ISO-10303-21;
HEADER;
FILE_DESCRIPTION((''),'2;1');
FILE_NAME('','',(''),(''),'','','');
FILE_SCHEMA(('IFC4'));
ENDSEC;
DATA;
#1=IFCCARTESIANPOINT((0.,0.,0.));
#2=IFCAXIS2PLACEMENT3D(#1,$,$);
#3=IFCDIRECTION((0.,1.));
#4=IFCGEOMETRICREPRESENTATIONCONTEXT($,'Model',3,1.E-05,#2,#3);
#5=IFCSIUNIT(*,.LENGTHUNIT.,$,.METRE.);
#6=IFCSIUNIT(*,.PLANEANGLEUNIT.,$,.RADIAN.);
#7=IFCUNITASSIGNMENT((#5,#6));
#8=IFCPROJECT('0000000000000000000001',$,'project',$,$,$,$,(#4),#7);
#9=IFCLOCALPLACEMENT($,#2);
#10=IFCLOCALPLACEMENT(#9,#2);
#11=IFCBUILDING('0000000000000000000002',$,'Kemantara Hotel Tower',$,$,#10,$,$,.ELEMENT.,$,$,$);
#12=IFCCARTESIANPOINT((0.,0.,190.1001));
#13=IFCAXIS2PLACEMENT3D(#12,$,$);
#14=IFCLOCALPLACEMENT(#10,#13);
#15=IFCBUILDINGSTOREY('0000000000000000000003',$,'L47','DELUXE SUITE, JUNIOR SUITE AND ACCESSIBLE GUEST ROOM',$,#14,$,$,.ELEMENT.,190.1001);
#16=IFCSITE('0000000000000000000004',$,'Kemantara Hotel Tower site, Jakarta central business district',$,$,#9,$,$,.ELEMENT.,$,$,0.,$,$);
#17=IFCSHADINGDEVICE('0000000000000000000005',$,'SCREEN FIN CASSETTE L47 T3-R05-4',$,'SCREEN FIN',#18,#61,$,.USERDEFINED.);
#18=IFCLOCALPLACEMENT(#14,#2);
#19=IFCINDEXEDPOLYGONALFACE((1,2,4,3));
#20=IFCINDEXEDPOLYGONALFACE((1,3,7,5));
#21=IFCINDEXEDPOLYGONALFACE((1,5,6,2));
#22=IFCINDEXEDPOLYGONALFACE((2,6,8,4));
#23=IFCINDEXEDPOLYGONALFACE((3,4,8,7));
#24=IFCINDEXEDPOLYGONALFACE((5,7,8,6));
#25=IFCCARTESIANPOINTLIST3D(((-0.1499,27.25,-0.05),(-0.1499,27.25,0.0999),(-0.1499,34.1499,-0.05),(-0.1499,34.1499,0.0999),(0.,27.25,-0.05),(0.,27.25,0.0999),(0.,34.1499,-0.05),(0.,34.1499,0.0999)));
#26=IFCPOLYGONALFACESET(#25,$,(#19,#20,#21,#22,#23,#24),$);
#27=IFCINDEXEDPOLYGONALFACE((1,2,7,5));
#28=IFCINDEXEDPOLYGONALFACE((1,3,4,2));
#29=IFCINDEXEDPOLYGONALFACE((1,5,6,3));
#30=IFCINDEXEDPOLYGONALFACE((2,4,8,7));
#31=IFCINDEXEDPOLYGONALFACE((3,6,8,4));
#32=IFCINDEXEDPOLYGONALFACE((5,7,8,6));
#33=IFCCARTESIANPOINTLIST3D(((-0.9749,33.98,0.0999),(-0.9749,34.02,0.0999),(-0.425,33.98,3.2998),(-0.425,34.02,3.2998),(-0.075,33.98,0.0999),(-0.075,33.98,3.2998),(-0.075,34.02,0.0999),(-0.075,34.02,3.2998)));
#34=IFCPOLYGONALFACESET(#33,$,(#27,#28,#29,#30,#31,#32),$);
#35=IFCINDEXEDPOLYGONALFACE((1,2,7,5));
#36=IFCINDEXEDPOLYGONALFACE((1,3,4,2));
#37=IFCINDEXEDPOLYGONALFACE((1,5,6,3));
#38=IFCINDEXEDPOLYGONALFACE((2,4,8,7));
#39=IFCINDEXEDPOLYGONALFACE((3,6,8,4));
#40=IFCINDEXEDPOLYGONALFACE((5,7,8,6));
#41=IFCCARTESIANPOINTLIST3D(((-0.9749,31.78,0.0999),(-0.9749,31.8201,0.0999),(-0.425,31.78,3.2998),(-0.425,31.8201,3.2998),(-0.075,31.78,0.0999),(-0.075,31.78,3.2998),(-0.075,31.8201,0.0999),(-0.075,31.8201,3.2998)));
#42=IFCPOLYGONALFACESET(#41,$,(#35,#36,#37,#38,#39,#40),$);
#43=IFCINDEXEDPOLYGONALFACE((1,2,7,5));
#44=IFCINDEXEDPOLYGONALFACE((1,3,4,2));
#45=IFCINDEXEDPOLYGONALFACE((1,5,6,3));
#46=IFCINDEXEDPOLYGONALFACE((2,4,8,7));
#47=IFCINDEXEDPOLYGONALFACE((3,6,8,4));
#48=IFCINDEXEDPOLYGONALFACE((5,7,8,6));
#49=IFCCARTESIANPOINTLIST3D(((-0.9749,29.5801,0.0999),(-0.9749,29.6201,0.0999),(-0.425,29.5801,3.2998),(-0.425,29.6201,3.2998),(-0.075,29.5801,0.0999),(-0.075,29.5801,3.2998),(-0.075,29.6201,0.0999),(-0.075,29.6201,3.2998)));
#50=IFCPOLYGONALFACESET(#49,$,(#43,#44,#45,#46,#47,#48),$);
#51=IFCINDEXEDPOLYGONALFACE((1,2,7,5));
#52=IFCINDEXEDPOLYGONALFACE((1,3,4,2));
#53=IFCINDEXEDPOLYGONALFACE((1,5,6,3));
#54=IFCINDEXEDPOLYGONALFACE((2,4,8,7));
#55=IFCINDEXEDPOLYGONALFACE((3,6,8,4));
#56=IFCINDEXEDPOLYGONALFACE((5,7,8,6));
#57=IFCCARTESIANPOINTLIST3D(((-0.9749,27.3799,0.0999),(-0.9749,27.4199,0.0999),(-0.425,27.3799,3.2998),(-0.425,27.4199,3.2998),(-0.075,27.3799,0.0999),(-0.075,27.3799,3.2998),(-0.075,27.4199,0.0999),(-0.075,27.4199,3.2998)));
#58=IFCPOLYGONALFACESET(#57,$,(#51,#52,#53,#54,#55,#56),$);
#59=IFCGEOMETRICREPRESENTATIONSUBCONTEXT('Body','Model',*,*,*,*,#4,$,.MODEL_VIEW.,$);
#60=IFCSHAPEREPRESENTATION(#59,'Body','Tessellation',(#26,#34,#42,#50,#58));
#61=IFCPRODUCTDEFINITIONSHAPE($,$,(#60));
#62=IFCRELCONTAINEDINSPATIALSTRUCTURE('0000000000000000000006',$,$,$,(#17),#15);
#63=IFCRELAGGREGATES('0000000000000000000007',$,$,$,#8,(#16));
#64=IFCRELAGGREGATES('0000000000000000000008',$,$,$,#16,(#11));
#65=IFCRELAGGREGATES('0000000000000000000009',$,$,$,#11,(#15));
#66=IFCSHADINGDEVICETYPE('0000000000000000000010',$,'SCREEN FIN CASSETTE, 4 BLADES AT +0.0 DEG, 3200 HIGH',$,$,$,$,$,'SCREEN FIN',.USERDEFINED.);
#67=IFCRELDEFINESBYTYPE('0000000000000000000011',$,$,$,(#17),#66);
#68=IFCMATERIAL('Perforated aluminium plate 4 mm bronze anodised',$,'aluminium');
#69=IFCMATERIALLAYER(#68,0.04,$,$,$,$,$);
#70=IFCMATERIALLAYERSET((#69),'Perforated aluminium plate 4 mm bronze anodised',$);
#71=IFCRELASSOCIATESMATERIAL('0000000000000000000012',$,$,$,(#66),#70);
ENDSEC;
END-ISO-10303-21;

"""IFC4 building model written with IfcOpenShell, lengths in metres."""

from ifc_helpers import new_model, si_unit, direction, frame, origin, origin_2d, place, context, subcontext, project, spatial, polyline, rectangle, outline, extrude, source, transform, mapped, material, layer, layer_set, type_object, element, save


model = new_model("IFC4")

# Units and contexts
model_context = context("Model", 3, precision=1e-05, world=origin(), true_north=direction((0.0, 1.0)))
body_context = subcontext(model_context, "Body", "Model", "MODEL_VIEW")
ifc_project = project(units=[si_unit("LENGTHUNIT", "METRE"), si_unit("PLANEANGLEUNIT", "RADIAN")], contexts=[model_context])

# Site, building, storey
site_placement = place(None, origin())
site = spatial("IfcSite", under=ifc_project, at=site_placement, Name="Kemantara Hotel Tower site, Jakarta central business district", CompositionType="ELEMENT", RefElevation=0.0)
building_placement = place(site_placement, origin())
building = spatial("IfcBuilding", under=site, at=building_placement, Name="Kemantara Hotel Tower", CompositionType="ELEMENT")
storey_placement = place(building_placement, frame((0.0, 0.0, 190.1001)))
storey = spatial("IfcBuildingStorey", under=building, at=storey_placement, Name="L47", Description="DELUXE SUITE, JUNIOR SUITE AND ACCESSIBLE GUEST ROOM", CompositionType="ELEMENT", Elevation=190.1001)

# Shading device
ifc_material_1 = material(Name="Perforated aluminium plate 4 mm bronze anodised", Category="aluminium")
ifc_layer_1 = layer(ifc_material_1, 0.04)
ifc_layer_set_1 = layer_set([ifc_layer_1], Name="Perforated aluminium plate 4 mm bronze anodised")
shading_device_type_1 = type_object("IfcShadingDeviceType", Name="SCREEN FIN CASSETTE, 4 BLADES AT +0.0 DEG, 3200 HIGH", ElementType="SCREEN FIN", PredefinedType="USERDEFINED", material=ifc_layer_set_1)
shared_shape_1 = source(origin(), body_context, "Body", "SweptSolid", [
    extrude(rectangle(XDim=6.8999, YDim=0.1499, at=origin_2d()), frame((3.3, -0.075, -0.1499), z_axis=(0.0, 0.0, 1.0), x_axis=(1.0, 0.0, 0.0)), (0.0, 0.0, 1.0), 0.1499),
    extrude(outline(polyline([(0.0, 0.0), (0.8999, 0.0), (0.3501, 3.2), (0.0, 3.2), (0.0, 0.0)])), frame((0.02, -0.075, 0.0), z_axis=(-1.0, 0.0, 0.0), x_axis=(0.0, -1.0, 0.0)), (0.0, 0.0, 1.0), 0.04),
    extrude(outline(polyline([(0.0, 0.0), (0.8999, 0.0), (0.3501, 3.2), (0.0, 3.2), (0.0, 0.0)])), frame((2.22, -0.075, 0.0), z_axis=(-1.0, 0.0, 0.0), x_axis=(0.0, -1.0, 0.0)), (0.0, 0.0, 1.0), 0.04),
    extrude(outline(polyline([(0.0, 0.0), (0.8999, 0.0), (0.3501, 3.2), (0.0, 3.2), (0.0, 0.0)])), frame((4.4199, -0.075, 0.0), z_axis=(-1.0, 0.0, 0.0), x_axis=(0.0, -1.0, 0.0)), (0.0, 0.0, 1.0), 0.04),
    extrude(outline(polyline([(0.0, 0.0), (0.8999, 0.0), (0.3501, 3.2), (0.0, 3.2), (0.0, 0.0)])), frame((6.6201, -0.075, 0.0), z_axis=(-1.0, 0.0, 0.0), x_axis=(0.0, -1.0, 0.0)), (0.0, 0.0, 1.0), 0.04),
])
shading_device_1_placement = place(storey_placement, frame((0.0, 34.0, 0.0999), z_axis=(0.0, 0.0, 1.0), x_axis=(0.0, -1.0, 0.0)))
element("IfcShadingDevice", 1, at=shading_device_1_placement, inside=storey, type_object=shading_device_type_1, Name="SCREEN FIN CASSETTE L47 T3-R05-4", ObjectType="SCREEN FIN", PredefinedType="USERDEFINED", context=body_context, shape_type="MappedRepresentation", body=[
    mapped(shared_shape_1, transform((0.0, 0.0, 0.0))),
])

save(model, "model.ifc")
